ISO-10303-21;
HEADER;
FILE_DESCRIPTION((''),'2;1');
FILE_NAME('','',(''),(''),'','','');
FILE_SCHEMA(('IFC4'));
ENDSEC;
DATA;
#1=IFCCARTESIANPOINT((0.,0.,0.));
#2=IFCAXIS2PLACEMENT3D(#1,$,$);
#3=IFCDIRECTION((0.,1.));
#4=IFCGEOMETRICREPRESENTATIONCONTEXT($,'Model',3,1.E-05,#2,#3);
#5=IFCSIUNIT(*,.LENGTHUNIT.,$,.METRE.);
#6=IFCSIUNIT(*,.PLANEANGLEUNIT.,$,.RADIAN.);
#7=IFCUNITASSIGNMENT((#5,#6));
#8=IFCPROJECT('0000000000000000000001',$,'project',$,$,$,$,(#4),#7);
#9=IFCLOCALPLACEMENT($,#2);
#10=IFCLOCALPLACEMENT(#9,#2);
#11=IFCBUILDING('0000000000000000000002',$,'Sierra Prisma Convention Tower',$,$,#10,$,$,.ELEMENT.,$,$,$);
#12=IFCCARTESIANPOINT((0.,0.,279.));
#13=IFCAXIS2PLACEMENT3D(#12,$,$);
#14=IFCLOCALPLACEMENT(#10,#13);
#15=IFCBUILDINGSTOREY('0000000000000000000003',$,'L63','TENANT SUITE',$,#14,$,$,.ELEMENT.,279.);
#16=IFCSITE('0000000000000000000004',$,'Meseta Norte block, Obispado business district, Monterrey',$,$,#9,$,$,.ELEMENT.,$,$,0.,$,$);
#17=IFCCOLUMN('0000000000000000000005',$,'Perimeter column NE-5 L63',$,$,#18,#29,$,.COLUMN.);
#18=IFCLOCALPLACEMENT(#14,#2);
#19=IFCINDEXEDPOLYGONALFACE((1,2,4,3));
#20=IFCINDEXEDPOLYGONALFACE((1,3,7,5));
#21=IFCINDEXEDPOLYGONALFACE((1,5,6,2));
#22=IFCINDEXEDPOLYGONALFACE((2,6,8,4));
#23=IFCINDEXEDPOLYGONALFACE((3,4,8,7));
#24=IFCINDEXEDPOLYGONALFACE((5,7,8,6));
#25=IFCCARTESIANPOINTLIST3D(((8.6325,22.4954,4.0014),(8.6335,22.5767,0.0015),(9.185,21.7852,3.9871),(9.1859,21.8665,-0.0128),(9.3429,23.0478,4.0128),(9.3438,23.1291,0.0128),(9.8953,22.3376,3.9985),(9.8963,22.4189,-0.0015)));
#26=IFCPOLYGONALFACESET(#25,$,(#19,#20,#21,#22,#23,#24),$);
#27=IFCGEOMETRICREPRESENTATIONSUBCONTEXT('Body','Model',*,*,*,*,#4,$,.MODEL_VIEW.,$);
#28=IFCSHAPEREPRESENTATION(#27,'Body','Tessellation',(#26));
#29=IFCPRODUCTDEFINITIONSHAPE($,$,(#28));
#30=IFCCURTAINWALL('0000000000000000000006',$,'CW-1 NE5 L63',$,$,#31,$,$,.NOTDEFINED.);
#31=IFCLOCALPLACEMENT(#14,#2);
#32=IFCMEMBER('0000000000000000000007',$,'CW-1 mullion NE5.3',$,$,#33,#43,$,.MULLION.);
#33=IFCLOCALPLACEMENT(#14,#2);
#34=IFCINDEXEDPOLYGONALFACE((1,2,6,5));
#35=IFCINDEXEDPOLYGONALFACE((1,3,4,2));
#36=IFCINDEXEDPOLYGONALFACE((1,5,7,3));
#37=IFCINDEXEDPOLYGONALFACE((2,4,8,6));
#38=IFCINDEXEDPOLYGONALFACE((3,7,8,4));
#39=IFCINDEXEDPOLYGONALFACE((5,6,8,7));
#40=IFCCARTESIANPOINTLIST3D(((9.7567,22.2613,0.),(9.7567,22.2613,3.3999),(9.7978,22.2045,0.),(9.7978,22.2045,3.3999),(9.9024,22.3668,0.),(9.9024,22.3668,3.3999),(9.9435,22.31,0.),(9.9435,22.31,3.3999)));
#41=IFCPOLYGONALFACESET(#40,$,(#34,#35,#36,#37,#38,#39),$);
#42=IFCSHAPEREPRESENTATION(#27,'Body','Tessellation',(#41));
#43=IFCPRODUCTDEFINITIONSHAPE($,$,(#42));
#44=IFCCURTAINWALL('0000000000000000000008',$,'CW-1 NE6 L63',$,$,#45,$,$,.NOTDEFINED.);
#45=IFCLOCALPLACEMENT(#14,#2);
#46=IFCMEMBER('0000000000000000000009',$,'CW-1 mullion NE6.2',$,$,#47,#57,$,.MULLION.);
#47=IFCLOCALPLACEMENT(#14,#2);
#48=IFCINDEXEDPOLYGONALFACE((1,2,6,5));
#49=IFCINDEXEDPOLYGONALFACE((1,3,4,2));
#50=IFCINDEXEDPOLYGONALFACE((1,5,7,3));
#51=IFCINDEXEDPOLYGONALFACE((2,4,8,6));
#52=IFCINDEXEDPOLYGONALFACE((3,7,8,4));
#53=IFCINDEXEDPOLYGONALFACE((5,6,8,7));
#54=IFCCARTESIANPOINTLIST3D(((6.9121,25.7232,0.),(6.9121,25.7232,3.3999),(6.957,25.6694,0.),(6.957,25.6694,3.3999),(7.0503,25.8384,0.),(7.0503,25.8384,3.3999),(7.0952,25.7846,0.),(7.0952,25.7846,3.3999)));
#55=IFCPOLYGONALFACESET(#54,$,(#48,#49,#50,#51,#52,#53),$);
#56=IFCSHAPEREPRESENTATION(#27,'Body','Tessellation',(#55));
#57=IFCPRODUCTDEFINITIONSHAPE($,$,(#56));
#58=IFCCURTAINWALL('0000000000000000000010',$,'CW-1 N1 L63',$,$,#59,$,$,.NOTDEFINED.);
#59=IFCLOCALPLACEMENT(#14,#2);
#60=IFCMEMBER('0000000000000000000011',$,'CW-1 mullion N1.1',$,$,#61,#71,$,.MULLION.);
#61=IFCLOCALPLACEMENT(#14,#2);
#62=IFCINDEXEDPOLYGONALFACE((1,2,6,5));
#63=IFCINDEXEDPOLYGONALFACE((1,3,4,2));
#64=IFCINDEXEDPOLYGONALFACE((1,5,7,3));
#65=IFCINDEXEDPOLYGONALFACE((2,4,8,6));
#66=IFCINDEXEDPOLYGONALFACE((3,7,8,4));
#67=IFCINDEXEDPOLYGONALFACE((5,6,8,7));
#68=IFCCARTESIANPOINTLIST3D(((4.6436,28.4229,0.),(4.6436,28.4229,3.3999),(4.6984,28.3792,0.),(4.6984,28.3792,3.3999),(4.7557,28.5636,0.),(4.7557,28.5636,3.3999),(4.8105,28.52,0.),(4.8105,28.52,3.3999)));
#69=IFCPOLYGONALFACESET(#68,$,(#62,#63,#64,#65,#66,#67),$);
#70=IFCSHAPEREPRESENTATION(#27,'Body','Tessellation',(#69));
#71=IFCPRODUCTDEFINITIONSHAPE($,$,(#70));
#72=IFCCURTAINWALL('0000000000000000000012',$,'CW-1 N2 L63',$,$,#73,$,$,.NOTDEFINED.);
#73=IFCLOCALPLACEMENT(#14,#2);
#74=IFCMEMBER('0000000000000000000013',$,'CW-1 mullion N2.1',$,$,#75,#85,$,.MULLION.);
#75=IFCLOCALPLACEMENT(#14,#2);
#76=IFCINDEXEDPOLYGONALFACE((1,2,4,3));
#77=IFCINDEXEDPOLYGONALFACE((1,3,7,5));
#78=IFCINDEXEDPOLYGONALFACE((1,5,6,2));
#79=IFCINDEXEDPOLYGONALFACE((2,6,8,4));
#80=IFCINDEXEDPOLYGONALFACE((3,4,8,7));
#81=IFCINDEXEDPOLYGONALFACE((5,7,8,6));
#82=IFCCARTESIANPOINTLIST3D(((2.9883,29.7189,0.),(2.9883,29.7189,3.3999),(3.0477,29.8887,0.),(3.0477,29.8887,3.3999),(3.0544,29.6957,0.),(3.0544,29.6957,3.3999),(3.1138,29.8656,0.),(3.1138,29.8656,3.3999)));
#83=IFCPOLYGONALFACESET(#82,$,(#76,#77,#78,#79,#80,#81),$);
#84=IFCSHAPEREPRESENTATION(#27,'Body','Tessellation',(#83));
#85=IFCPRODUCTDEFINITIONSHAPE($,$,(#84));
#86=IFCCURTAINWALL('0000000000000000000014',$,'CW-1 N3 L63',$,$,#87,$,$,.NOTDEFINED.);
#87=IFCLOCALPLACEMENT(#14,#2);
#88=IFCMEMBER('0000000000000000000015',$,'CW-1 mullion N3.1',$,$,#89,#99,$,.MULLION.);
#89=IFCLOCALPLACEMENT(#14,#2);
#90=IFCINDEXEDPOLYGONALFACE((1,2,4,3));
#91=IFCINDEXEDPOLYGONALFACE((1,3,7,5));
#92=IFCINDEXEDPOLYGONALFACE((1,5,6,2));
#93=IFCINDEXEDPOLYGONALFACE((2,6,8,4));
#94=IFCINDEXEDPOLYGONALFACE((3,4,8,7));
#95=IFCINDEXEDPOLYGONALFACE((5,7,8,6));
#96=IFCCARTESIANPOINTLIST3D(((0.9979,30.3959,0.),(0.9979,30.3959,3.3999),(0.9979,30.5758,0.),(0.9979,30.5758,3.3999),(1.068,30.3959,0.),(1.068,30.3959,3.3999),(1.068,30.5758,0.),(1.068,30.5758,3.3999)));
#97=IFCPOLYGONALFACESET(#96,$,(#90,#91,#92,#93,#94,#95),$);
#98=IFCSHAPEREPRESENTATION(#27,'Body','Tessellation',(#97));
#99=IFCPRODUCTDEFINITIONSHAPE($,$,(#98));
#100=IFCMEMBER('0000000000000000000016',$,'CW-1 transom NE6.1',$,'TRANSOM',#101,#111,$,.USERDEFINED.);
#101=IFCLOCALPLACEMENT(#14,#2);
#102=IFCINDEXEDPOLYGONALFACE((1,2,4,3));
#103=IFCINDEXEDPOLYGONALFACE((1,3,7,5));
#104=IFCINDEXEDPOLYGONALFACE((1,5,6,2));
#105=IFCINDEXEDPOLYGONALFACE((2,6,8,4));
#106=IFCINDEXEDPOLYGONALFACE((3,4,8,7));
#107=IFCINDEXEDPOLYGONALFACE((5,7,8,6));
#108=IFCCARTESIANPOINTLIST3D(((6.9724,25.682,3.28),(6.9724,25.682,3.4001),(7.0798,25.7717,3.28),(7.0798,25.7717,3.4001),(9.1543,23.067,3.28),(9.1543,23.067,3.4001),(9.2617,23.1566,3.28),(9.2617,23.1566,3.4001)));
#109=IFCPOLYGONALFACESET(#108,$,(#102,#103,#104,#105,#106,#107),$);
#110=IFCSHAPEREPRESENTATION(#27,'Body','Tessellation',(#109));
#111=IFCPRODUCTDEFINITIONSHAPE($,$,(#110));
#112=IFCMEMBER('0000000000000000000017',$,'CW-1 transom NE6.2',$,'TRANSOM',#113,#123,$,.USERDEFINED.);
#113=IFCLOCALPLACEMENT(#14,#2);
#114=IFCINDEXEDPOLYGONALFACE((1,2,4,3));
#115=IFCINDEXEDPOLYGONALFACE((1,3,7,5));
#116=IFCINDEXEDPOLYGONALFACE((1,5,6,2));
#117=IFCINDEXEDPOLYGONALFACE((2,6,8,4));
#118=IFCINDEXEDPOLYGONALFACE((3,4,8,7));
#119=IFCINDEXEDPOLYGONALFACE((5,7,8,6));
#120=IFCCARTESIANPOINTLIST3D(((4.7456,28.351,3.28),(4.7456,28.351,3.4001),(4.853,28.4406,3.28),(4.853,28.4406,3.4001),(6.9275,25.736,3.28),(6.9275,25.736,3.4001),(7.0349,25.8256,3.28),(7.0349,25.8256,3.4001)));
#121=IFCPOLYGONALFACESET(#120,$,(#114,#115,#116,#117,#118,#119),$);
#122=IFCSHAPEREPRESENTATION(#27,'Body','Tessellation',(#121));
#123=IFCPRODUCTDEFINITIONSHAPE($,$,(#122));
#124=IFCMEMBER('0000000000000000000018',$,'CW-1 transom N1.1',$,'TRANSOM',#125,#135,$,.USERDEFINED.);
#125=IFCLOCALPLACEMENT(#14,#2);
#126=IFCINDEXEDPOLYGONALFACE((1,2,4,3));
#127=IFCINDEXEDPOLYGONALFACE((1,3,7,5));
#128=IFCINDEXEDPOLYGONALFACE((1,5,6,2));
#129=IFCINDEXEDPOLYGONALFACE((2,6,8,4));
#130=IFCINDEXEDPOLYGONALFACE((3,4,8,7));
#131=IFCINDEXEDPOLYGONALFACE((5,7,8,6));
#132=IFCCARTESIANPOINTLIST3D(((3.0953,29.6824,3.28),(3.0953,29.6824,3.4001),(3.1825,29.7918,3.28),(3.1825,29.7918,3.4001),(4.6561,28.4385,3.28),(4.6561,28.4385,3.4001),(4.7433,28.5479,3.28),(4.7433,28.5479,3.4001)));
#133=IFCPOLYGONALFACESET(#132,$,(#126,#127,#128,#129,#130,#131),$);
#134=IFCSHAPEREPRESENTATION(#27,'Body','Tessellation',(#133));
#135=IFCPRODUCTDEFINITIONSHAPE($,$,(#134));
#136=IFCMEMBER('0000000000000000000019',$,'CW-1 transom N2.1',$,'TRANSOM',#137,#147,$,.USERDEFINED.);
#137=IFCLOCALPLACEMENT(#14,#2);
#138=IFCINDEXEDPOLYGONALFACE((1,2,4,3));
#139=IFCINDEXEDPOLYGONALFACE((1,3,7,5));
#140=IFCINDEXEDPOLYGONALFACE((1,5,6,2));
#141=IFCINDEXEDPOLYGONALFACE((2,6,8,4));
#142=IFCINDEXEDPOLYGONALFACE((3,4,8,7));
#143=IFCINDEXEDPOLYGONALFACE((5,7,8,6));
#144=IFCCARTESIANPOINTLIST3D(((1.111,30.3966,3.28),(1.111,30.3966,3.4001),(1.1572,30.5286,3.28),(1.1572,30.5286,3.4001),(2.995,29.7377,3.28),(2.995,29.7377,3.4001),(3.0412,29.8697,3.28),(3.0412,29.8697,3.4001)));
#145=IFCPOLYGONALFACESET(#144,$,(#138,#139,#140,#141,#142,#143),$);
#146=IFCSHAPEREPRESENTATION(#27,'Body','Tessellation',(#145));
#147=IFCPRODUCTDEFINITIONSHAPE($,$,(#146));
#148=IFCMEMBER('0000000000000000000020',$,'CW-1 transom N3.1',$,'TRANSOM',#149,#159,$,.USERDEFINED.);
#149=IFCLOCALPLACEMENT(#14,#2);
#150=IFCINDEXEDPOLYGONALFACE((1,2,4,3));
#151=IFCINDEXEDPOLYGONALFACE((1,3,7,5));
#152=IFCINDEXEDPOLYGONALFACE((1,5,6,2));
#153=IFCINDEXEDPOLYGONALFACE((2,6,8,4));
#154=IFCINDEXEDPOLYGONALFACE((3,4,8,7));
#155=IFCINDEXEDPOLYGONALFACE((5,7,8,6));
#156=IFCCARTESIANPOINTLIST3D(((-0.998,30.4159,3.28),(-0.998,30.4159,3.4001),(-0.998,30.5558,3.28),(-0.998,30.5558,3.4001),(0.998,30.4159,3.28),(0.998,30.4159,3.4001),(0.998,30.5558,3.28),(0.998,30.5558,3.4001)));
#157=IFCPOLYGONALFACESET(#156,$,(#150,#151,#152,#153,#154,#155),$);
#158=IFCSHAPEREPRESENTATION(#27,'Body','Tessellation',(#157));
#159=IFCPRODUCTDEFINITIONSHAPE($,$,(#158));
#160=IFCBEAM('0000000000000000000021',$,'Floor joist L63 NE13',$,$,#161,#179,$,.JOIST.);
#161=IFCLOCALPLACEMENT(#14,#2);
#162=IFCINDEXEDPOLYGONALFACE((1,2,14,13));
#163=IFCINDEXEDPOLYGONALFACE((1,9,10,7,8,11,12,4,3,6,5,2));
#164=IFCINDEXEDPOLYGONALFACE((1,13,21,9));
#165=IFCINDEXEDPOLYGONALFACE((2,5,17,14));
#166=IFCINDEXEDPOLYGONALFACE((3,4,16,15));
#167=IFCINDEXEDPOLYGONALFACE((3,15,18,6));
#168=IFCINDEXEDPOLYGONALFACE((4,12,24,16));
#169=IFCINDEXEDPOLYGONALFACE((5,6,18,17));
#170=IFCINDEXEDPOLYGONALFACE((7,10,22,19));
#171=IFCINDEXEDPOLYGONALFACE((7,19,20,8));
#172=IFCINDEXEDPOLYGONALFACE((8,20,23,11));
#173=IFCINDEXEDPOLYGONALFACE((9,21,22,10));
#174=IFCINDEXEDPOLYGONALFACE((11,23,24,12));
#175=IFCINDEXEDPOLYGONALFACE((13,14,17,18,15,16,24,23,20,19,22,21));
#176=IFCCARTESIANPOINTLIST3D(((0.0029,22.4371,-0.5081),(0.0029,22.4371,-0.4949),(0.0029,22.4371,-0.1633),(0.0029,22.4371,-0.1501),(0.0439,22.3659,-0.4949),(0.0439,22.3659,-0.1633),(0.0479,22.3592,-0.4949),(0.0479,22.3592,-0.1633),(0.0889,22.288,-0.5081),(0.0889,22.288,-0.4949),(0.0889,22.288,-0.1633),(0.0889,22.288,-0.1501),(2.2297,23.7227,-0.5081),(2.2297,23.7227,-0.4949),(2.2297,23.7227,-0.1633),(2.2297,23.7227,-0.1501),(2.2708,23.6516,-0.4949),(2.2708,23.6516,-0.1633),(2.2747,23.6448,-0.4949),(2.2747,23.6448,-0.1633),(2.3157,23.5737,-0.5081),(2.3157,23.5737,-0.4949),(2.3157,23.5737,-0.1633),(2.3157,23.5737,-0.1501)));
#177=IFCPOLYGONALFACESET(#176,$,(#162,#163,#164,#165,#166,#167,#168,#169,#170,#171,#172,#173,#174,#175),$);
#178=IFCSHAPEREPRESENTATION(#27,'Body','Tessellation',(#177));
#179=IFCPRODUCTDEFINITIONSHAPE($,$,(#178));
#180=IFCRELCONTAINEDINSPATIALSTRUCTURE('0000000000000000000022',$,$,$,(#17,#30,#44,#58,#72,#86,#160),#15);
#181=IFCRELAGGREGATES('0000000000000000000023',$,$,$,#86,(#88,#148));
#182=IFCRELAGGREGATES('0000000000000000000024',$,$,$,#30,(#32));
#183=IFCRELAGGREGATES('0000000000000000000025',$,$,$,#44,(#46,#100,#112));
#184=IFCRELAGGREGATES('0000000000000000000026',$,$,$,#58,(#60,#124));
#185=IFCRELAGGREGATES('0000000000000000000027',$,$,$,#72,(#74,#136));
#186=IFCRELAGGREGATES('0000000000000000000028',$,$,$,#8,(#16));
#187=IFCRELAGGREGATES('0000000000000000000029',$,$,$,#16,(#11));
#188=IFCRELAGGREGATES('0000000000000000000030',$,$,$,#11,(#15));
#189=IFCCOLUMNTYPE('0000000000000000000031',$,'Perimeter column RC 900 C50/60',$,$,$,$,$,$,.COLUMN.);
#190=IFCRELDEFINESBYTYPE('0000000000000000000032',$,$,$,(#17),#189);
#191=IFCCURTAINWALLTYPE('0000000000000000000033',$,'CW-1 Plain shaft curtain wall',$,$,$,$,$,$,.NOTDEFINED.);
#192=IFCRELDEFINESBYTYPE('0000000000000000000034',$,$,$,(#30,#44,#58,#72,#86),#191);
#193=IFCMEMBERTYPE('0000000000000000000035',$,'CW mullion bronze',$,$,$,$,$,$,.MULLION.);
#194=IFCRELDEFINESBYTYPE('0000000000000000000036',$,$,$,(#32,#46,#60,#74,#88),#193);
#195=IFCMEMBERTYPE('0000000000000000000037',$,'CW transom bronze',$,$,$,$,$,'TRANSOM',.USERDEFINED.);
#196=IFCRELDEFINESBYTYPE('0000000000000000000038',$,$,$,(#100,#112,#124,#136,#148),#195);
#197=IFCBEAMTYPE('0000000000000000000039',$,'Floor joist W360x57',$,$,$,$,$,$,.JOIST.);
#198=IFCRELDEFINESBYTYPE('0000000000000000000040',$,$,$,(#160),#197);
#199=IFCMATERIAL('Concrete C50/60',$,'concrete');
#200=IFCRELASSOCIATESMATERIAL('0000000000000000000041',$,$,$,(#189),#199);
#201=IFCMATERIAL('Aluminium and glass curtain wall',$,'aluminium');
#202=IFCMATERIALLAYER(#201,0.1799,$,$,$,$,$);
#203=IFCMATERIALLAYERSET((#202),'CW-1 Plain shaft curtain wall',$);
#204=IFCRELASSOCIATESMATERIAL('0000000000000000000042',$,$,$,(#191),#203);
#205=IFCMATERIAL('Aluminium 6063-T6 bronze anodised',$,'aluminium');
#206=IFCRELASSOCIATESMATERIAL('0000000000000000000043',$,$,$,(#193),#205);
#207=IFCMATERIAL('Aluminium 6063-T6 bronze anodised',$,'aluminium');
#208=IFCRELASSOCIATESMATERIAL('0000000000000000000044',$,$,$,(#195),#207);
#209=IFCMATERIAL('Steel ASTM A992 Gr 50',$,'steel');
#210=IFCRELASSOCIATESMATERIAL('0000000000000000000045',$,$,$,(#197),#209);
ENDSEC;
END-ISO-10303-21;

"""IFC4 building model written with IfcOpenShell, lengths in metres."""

from ifc_helpers import new_model, si_unit, direction, frame, origin, origin_2d, place, context, subcontext, project, spatial, rectangle, i_section, extrude, material, layer, layer_set, material_profile, profile_set, type_object, element, aggregate, save


model = new_model("IFC4")

# Units and contexts
model_context = context("Model", 3, precision=1e-05, world=origin(), true_north=direction((0.0, 1.0)))
body_context = subcontext(model_context, "Body", "Model", "MODEL_VIEW")
ifc_project = project(units=[si_unit("LENGTHUNIT", "METRE"), si_unit("PLANEANGLEUNIT", "RADIAN")], contexts=[model_context])

# Site, building, storey
site_placement = place(None, origin())
site = spatial("IfcSite", under=ifc_project, at=site_placement, Name="Meseta Norte block, Obispado business district, Monterrey", CompositionType="ELEMENT", RefElevation=0.0)
building_placement = place(site_placement, origin())
building = spatial("IfcBuilding", under=site, at=building_placement, Name="Sierra Prisma Convention Tower", CompositionType="ELEMENT")
storey_placement = place(building_placement, frame((0.0, 0.0, 279.0)))
storey = spatial("IfcBuildingStorey", under=building, at=storey_placement, Name="L63", Description="TENANT SUITE", CompositionType="ELEMENT", Elevation=279.0)

# Column
ifc_material_1 = material(Name="Concrete C50/60", Category="concrete")
ifc_material_profile_1 = material_profile(ifc_material_1, rectangle(XDim=0.8999, YDim=0.8999, at=origin_2d()), Name="Perimeter column RC 900 C50/60")
ifc_profile_set_1 = profile_set([ifc_material_profile_1], Name="Concrete C50/60")
column_type = type_object("IfcColumnType", Name="Perimeter column RC 900 C50/60", PredefinedType="COLUMN", material=ifc_profile_set_1)
column_placement = place(storey_placement, frame((9.2649, 22.4978, 0.0), z_axis=(-0.000244, -0.020321, 0.999793), x_axis=(-0.613902, 0.789222, 0.015891)))
element("IfcColumn", 1, at=column_placement, inside=storey, type_object=column_type, Name="Perimeter column NE-5 L63", PredefinedType="COLUMN", context=body_context, shape_type="SweptSolid", body=[
    extrude(rectangle(XDim=0.8999, YDim=0.8999, at=origin_2d()), origin(), (0.0, 0.0, 1.0), 4.0007),
])

# Curtain walls, members
ifc_material_2 = material(Name="Aluminium and glass curtain wall", Category="aluminium")
ifc_layer_1 = layer(ifc_material_2, 0.1799)
ifc_layer_set_1 = layer_set([ifc_layer_1], Name="CW-1 Plain shaft curtain wall")
curtain_wall_type = type_object("IfcCurtainWallType", Name="CW-1 Plain shaft curtain wall", PredefinedType="NOTDEFINED", material=ifc_layer_set_1)
curtain_wall_1_placement = place(storey_placement, origin())
curtain_wall_1 = element("IfcCurtainWall", 2, at=curtain_wall_1_placement, inside=storey, type_object=curtain_wall_type, Name="CW-1 NE5 L63", PredefinedType="NOTDEFINED")
ifc_material_3 = material(Name="Aluminium 6063-T6 bronze anodised", Category="aluminium")
ifc_material_profile_2 = material_profile(ifc_material_3, rectangle(XDim=0.1799, YDim=0.0701, at=origin_2d()), Name="ALU MULLION 70x180")
ifc_profile_set_2 = profile_set([ifc_material_profile_2], Name="Aluminium 6063-T6 bronze anodised")
member_type_1 = type_object("IfcMemberType", Name="CW mullion bronze", PredefinedType="MULLION", material=ifc_profile_set_2)
member_1_placement = place(storey_placement, frame((9.8501, 22.2856, 0.0), z_axis=(0.0, 0.0, 1.0), x_axis=(-0.809999, -0.586431, 0.0)))
member_1 = element("IfcMember", 3, at=member_1_placement, type_object=member_type_1, Name="CW-1 mullion NE5.3", PredefinedType="MULLION", context=body_context, shape_type="SweptSolid", body=[
    extrude(rectangle(XDim=0.1799, YDim=0.0701, at=origin_2d()), origin(), (0.0, 0.0, 1.0), 3.3999),
])
curtain_wall_2_placement = place(storey_placement, origin())
curtain_wall_2 = element("IfcCurtainWall", 4, at=curtain_wall_2_placement, inside=storey, type_object=curtain_wall_type, Name="CW-1 NE6 L63", PredefinedType="NOTDEFINED")
member_2_placement = place(storey_placement, frame((7.0037, 25.7539, 0.0), z_axis=(0.0, 0.0, 1.0), x_axis=(-0.767834, -0.640649, 0.0)))
member_2 = element("IfcMember", 5, at=member_2_placement, type_object=member_type_1, Name="CW-1 mullion NE6.2", PredefinedType="MULLION", context=body_context, shape_type="SweptSolid", body=[
    extrude(rectangle(XDim=0.1799, YDim=0.0701, at=origin_2d()), origin(), (0.0, 0.0, 1.0), 3.3999),
])
curtain_wall_3_placement = place(storey_placement, origin())
curtain_wall_3 = element("IfcCurtainWall", 6, at=curtain_wall_3_placement, inside=storey, type_object=curtain_wall_type, Name="CW-1 N1 L63", PredefinedType="NOTDEFINED")
member_3_placement = place(storey_placement, frame((4.7271, 28.4714, 0.0), z_axis=(0.0, 0.0, 1.0), x_axis=(-0.623243, -0.782028, 0.0)))
member_3 = element("IfcMember", 7, at=member_3_placement, type_object=member_type_1, Name="CW-1 mullion N1.1", PredefinedType="MULLION", context=body_context, shape_type="SweptSolid", body=[
    extrude(rectangle(XDim=0.1799, YDim=0.0701, at=origin_2d()), origin(), (0.0, 0.0, 1.0), 3.3999),
])
curtain_wall_4_placement = place(storey_placement, origin())
curtain_wall_4 = element("IfcCurtainWall", 8, at=curtain_wall_4_placement, inside=storey, type_object=curtain_wall_type, Name="CW-1 N2 L63", PredefinedType="NOTDEFINED")
member_4_placement = place(storey_placement, frame((3.051, 29.7922, 0.0), z_axis=(0.0, 0.0, 1.0), x_axis=(-0.33013, -0.943935, 0.0)))
member_4 = element("IfcMember", 9, at=member_4_placement, type_object=member_type_1, Name="CW-1 mullion N2.1", PredefinedType="MULLION", context=body_context, shape_type="SweptSolid", body=[
    extrude(rectangle(XDim=0.1799, YDim=0.0701, at=origin_2d()), origin(), (0.0, 0.0, 1.0), 3.3999),
])
curtain_wall_5_placement = place(storey_placement, origin())
curtain_wall_5 = element("IfcCurtainWall", 10, at=curtain_wall_5_placement, inside=storey, type_object=curtain_wall_type, Name="CW-1 N3 L63", PredefinedType="NOTDEFINED")
member_5_placement = place(storey_placement, frame((1.033, 30.4858, 0.0), z_axis=(0.0, 0.0, 1.0), x_axis=(0.0, -1.0, 0.0)))
member_5 = element("IfcMember", 11, at=member_5_placement, type_object=member_type_1, Name="CW-1 mullion N3.1", PredefinedType="MULLION", context=body_context, shape_type="SweptSolid", body=[
    extrude(rectangle(XDim=0.1799, YDim=0.0701, at=origin_2d()), origin(), (0.0, 0.0, 1.0), 3.3999),
])

# Members
ifc_material_4 = material(Name="Aluminium 6063-T6 bronze anodised", Category="aluminium")
ifc_material_profile_3 = material_profile(ifc_material_4, rectangle(XDim=0.1399, YDim=0.1201, at=origin_2d()), Name="ALU TRANSOM 120x140")
ifc_profile_set_3 = profile_set([ifc_material_profile_3], Name="Aluminium 6063-T6 bronze anodised")
member_type_2 = type_object("IfcMemberType", Name="CW transom bronze", ElementType="TRANSOM", PredefinedType="USERDEFINED", material=ifc_profile_set_3)
member_6_placement = place(storey_placement, frame((9.208, 23.1118, 3.3401), z_axis=(-0.640657, 0.767827, 0.0), x_axis=(-0.767827, -0.640657, 0.0)))
member_6 = element("IfcMember", 12, at=member_6_placement, type_object=member_type_2, Name="CW-1 transom NE6.1", ObjectType="TRANSOM", PredefinedType="USERDEFINED", context=body_context, shape_type="SweptSolid", body=[
    extrude(rectangle(XDim=0.1399, YDim=0.1201, at=origin_2d()), origin(), (0.0, 0.0, 1.0), 3.4058),
])
member_7_placement = place(storey_placement, frame((6.9812, 25.7808, 3.3401), z_axis=(-0.640657, 0.767827, 0.0), x_axis=(-0.767827, -0.640657, 0.0)))
member_7 = element("IfcMember", 13, at=member_7_placement, type_object=member_type_2, Name="CW-1 transom NE6.2", ObjectType="TRANSOM", PredefinedType="USERDEFINED", context=body_context, shape_type="SweptSolid", body=[
    extrude(rectangle(XDim=0.1399, YDim=0.1201, at=origin_2d()), origin(), (0.0, 0.0, 1.0), 3.4058),
])
member_8_placement = place(storey_placement, frame((4.6997, 28.4932, 3.3401), z_axis=(-0.782025, 0.623247, 0.0), x_axis=(-0.623247, -0.782025, 0.0)))
member_8 = element("IfcMember", 14, at=member_8_placement, type_object=member_type_2, Name="CW-1 transom N1.1", ObjectType="TRANSOM", PredefinedType="USERDEFINED", context=body_context, shape_type="SweptSolid", body=[
    extrude(rectangle(XDim=0.1399, YDim=0.1201, at=origin_2d()), origin(), (0.0, 0.0, 1.0), 1.9958),
])
member_9_placement = place(storey_placement, frame((3.0181, 29.8037, 3.3401), z_axis=(-0.943933, 0.330138, 0.0), x_axis=(-0.330138, -0.943933, 0.0)))
member_9 = element("IfcMember", 15, at=member_9_placement, type_object=member_type_2, Name="CW-1 transom N2.1", ObjectType="TRANSOM", PredefinedType="USERDEFINED", context=body_context, shape_type="SweptSolid", body=[
    extrude(rectangle(XDim=0.1399, YDim=0.1201, at=origin_2d()), origin(), (0.0, 0.0, 1.0), 1.9958),
])
member_10_placement = place(storey_placement, frame((0.998, 30.4858, 3.3401), z_axis=(-1.0, 0.0, 0.0), x_axis=(0.0, -1.0, 0.0)))
member_10 = element("IfcMember", 16, at=member_10_placement, type_object=member_type_2, Name="CW-1 transom N3.1", ObjectType="TRANSOM", PredefinedType="USERDEFINED", context=body_context, shape_type="SweptSolid", body=[
    extrude(rectangle(XDim=0.1399, YDim=0.1201, at=origin_2d()), origin(), (0.0, 0.0, 1.0), 1.9961),
])
aggregate(curtain_wall_5, [member_5, member_10])

# Beam
ifc_material_5 = material(Name="Steel ASTM A992 Gr 50", Category="steel")
ifc_material_profile_4 = material_profile(ifc_material_5, i_section(OverallWidth=0.1721, OverallDepth=0.3579, WebThickness=0.0078, FlangeThickness=0.0132, at=origin_2d()), Name="W360x57")
ifc_profile_set_4 = profile_set([ifc_material_profile_4], Name="Steel ASTM A992 Gr 50")
beam_type_1 = type_object("IfcBeamType", Name="Floor joist W360x57", PredefinedType="JOIST", material=ifc_profile_set_4)
beam_1_placement = place(storey_placement, frame((2.2727, 23.6482, -0.3291), z_axis=(-0.866026, -0.499999, 0.0), x_axis=(0.499999, -0.866026, 0.0)))
element("IfcBeam", 17, at=beam_1_placement, inside=storey, type_object=beam_type_1, Name="Floor joist L63 NE13", PredefinedType="JOIST", context=body_context, shape_type="SweptSolid", body=[
    extrude(i_section(OverallWidth=0.1721, OverallDepth=0.3579, WebThickness=0.0078, FlangeThickness=0.0132, at=origin_2d()), origin(), (0.0, 0.0, 1.0), 2.5713),
])

aggregate(curtain_wall_1, [member_1])
aggregate(curtain_wall_2, [member_2, member_6, member_7])
aggregate(curtain_wall_3, [member_3, member_8])
aggregate(curtain_wall_4, [member_4, member_9])

save(model, "model.ifc")
